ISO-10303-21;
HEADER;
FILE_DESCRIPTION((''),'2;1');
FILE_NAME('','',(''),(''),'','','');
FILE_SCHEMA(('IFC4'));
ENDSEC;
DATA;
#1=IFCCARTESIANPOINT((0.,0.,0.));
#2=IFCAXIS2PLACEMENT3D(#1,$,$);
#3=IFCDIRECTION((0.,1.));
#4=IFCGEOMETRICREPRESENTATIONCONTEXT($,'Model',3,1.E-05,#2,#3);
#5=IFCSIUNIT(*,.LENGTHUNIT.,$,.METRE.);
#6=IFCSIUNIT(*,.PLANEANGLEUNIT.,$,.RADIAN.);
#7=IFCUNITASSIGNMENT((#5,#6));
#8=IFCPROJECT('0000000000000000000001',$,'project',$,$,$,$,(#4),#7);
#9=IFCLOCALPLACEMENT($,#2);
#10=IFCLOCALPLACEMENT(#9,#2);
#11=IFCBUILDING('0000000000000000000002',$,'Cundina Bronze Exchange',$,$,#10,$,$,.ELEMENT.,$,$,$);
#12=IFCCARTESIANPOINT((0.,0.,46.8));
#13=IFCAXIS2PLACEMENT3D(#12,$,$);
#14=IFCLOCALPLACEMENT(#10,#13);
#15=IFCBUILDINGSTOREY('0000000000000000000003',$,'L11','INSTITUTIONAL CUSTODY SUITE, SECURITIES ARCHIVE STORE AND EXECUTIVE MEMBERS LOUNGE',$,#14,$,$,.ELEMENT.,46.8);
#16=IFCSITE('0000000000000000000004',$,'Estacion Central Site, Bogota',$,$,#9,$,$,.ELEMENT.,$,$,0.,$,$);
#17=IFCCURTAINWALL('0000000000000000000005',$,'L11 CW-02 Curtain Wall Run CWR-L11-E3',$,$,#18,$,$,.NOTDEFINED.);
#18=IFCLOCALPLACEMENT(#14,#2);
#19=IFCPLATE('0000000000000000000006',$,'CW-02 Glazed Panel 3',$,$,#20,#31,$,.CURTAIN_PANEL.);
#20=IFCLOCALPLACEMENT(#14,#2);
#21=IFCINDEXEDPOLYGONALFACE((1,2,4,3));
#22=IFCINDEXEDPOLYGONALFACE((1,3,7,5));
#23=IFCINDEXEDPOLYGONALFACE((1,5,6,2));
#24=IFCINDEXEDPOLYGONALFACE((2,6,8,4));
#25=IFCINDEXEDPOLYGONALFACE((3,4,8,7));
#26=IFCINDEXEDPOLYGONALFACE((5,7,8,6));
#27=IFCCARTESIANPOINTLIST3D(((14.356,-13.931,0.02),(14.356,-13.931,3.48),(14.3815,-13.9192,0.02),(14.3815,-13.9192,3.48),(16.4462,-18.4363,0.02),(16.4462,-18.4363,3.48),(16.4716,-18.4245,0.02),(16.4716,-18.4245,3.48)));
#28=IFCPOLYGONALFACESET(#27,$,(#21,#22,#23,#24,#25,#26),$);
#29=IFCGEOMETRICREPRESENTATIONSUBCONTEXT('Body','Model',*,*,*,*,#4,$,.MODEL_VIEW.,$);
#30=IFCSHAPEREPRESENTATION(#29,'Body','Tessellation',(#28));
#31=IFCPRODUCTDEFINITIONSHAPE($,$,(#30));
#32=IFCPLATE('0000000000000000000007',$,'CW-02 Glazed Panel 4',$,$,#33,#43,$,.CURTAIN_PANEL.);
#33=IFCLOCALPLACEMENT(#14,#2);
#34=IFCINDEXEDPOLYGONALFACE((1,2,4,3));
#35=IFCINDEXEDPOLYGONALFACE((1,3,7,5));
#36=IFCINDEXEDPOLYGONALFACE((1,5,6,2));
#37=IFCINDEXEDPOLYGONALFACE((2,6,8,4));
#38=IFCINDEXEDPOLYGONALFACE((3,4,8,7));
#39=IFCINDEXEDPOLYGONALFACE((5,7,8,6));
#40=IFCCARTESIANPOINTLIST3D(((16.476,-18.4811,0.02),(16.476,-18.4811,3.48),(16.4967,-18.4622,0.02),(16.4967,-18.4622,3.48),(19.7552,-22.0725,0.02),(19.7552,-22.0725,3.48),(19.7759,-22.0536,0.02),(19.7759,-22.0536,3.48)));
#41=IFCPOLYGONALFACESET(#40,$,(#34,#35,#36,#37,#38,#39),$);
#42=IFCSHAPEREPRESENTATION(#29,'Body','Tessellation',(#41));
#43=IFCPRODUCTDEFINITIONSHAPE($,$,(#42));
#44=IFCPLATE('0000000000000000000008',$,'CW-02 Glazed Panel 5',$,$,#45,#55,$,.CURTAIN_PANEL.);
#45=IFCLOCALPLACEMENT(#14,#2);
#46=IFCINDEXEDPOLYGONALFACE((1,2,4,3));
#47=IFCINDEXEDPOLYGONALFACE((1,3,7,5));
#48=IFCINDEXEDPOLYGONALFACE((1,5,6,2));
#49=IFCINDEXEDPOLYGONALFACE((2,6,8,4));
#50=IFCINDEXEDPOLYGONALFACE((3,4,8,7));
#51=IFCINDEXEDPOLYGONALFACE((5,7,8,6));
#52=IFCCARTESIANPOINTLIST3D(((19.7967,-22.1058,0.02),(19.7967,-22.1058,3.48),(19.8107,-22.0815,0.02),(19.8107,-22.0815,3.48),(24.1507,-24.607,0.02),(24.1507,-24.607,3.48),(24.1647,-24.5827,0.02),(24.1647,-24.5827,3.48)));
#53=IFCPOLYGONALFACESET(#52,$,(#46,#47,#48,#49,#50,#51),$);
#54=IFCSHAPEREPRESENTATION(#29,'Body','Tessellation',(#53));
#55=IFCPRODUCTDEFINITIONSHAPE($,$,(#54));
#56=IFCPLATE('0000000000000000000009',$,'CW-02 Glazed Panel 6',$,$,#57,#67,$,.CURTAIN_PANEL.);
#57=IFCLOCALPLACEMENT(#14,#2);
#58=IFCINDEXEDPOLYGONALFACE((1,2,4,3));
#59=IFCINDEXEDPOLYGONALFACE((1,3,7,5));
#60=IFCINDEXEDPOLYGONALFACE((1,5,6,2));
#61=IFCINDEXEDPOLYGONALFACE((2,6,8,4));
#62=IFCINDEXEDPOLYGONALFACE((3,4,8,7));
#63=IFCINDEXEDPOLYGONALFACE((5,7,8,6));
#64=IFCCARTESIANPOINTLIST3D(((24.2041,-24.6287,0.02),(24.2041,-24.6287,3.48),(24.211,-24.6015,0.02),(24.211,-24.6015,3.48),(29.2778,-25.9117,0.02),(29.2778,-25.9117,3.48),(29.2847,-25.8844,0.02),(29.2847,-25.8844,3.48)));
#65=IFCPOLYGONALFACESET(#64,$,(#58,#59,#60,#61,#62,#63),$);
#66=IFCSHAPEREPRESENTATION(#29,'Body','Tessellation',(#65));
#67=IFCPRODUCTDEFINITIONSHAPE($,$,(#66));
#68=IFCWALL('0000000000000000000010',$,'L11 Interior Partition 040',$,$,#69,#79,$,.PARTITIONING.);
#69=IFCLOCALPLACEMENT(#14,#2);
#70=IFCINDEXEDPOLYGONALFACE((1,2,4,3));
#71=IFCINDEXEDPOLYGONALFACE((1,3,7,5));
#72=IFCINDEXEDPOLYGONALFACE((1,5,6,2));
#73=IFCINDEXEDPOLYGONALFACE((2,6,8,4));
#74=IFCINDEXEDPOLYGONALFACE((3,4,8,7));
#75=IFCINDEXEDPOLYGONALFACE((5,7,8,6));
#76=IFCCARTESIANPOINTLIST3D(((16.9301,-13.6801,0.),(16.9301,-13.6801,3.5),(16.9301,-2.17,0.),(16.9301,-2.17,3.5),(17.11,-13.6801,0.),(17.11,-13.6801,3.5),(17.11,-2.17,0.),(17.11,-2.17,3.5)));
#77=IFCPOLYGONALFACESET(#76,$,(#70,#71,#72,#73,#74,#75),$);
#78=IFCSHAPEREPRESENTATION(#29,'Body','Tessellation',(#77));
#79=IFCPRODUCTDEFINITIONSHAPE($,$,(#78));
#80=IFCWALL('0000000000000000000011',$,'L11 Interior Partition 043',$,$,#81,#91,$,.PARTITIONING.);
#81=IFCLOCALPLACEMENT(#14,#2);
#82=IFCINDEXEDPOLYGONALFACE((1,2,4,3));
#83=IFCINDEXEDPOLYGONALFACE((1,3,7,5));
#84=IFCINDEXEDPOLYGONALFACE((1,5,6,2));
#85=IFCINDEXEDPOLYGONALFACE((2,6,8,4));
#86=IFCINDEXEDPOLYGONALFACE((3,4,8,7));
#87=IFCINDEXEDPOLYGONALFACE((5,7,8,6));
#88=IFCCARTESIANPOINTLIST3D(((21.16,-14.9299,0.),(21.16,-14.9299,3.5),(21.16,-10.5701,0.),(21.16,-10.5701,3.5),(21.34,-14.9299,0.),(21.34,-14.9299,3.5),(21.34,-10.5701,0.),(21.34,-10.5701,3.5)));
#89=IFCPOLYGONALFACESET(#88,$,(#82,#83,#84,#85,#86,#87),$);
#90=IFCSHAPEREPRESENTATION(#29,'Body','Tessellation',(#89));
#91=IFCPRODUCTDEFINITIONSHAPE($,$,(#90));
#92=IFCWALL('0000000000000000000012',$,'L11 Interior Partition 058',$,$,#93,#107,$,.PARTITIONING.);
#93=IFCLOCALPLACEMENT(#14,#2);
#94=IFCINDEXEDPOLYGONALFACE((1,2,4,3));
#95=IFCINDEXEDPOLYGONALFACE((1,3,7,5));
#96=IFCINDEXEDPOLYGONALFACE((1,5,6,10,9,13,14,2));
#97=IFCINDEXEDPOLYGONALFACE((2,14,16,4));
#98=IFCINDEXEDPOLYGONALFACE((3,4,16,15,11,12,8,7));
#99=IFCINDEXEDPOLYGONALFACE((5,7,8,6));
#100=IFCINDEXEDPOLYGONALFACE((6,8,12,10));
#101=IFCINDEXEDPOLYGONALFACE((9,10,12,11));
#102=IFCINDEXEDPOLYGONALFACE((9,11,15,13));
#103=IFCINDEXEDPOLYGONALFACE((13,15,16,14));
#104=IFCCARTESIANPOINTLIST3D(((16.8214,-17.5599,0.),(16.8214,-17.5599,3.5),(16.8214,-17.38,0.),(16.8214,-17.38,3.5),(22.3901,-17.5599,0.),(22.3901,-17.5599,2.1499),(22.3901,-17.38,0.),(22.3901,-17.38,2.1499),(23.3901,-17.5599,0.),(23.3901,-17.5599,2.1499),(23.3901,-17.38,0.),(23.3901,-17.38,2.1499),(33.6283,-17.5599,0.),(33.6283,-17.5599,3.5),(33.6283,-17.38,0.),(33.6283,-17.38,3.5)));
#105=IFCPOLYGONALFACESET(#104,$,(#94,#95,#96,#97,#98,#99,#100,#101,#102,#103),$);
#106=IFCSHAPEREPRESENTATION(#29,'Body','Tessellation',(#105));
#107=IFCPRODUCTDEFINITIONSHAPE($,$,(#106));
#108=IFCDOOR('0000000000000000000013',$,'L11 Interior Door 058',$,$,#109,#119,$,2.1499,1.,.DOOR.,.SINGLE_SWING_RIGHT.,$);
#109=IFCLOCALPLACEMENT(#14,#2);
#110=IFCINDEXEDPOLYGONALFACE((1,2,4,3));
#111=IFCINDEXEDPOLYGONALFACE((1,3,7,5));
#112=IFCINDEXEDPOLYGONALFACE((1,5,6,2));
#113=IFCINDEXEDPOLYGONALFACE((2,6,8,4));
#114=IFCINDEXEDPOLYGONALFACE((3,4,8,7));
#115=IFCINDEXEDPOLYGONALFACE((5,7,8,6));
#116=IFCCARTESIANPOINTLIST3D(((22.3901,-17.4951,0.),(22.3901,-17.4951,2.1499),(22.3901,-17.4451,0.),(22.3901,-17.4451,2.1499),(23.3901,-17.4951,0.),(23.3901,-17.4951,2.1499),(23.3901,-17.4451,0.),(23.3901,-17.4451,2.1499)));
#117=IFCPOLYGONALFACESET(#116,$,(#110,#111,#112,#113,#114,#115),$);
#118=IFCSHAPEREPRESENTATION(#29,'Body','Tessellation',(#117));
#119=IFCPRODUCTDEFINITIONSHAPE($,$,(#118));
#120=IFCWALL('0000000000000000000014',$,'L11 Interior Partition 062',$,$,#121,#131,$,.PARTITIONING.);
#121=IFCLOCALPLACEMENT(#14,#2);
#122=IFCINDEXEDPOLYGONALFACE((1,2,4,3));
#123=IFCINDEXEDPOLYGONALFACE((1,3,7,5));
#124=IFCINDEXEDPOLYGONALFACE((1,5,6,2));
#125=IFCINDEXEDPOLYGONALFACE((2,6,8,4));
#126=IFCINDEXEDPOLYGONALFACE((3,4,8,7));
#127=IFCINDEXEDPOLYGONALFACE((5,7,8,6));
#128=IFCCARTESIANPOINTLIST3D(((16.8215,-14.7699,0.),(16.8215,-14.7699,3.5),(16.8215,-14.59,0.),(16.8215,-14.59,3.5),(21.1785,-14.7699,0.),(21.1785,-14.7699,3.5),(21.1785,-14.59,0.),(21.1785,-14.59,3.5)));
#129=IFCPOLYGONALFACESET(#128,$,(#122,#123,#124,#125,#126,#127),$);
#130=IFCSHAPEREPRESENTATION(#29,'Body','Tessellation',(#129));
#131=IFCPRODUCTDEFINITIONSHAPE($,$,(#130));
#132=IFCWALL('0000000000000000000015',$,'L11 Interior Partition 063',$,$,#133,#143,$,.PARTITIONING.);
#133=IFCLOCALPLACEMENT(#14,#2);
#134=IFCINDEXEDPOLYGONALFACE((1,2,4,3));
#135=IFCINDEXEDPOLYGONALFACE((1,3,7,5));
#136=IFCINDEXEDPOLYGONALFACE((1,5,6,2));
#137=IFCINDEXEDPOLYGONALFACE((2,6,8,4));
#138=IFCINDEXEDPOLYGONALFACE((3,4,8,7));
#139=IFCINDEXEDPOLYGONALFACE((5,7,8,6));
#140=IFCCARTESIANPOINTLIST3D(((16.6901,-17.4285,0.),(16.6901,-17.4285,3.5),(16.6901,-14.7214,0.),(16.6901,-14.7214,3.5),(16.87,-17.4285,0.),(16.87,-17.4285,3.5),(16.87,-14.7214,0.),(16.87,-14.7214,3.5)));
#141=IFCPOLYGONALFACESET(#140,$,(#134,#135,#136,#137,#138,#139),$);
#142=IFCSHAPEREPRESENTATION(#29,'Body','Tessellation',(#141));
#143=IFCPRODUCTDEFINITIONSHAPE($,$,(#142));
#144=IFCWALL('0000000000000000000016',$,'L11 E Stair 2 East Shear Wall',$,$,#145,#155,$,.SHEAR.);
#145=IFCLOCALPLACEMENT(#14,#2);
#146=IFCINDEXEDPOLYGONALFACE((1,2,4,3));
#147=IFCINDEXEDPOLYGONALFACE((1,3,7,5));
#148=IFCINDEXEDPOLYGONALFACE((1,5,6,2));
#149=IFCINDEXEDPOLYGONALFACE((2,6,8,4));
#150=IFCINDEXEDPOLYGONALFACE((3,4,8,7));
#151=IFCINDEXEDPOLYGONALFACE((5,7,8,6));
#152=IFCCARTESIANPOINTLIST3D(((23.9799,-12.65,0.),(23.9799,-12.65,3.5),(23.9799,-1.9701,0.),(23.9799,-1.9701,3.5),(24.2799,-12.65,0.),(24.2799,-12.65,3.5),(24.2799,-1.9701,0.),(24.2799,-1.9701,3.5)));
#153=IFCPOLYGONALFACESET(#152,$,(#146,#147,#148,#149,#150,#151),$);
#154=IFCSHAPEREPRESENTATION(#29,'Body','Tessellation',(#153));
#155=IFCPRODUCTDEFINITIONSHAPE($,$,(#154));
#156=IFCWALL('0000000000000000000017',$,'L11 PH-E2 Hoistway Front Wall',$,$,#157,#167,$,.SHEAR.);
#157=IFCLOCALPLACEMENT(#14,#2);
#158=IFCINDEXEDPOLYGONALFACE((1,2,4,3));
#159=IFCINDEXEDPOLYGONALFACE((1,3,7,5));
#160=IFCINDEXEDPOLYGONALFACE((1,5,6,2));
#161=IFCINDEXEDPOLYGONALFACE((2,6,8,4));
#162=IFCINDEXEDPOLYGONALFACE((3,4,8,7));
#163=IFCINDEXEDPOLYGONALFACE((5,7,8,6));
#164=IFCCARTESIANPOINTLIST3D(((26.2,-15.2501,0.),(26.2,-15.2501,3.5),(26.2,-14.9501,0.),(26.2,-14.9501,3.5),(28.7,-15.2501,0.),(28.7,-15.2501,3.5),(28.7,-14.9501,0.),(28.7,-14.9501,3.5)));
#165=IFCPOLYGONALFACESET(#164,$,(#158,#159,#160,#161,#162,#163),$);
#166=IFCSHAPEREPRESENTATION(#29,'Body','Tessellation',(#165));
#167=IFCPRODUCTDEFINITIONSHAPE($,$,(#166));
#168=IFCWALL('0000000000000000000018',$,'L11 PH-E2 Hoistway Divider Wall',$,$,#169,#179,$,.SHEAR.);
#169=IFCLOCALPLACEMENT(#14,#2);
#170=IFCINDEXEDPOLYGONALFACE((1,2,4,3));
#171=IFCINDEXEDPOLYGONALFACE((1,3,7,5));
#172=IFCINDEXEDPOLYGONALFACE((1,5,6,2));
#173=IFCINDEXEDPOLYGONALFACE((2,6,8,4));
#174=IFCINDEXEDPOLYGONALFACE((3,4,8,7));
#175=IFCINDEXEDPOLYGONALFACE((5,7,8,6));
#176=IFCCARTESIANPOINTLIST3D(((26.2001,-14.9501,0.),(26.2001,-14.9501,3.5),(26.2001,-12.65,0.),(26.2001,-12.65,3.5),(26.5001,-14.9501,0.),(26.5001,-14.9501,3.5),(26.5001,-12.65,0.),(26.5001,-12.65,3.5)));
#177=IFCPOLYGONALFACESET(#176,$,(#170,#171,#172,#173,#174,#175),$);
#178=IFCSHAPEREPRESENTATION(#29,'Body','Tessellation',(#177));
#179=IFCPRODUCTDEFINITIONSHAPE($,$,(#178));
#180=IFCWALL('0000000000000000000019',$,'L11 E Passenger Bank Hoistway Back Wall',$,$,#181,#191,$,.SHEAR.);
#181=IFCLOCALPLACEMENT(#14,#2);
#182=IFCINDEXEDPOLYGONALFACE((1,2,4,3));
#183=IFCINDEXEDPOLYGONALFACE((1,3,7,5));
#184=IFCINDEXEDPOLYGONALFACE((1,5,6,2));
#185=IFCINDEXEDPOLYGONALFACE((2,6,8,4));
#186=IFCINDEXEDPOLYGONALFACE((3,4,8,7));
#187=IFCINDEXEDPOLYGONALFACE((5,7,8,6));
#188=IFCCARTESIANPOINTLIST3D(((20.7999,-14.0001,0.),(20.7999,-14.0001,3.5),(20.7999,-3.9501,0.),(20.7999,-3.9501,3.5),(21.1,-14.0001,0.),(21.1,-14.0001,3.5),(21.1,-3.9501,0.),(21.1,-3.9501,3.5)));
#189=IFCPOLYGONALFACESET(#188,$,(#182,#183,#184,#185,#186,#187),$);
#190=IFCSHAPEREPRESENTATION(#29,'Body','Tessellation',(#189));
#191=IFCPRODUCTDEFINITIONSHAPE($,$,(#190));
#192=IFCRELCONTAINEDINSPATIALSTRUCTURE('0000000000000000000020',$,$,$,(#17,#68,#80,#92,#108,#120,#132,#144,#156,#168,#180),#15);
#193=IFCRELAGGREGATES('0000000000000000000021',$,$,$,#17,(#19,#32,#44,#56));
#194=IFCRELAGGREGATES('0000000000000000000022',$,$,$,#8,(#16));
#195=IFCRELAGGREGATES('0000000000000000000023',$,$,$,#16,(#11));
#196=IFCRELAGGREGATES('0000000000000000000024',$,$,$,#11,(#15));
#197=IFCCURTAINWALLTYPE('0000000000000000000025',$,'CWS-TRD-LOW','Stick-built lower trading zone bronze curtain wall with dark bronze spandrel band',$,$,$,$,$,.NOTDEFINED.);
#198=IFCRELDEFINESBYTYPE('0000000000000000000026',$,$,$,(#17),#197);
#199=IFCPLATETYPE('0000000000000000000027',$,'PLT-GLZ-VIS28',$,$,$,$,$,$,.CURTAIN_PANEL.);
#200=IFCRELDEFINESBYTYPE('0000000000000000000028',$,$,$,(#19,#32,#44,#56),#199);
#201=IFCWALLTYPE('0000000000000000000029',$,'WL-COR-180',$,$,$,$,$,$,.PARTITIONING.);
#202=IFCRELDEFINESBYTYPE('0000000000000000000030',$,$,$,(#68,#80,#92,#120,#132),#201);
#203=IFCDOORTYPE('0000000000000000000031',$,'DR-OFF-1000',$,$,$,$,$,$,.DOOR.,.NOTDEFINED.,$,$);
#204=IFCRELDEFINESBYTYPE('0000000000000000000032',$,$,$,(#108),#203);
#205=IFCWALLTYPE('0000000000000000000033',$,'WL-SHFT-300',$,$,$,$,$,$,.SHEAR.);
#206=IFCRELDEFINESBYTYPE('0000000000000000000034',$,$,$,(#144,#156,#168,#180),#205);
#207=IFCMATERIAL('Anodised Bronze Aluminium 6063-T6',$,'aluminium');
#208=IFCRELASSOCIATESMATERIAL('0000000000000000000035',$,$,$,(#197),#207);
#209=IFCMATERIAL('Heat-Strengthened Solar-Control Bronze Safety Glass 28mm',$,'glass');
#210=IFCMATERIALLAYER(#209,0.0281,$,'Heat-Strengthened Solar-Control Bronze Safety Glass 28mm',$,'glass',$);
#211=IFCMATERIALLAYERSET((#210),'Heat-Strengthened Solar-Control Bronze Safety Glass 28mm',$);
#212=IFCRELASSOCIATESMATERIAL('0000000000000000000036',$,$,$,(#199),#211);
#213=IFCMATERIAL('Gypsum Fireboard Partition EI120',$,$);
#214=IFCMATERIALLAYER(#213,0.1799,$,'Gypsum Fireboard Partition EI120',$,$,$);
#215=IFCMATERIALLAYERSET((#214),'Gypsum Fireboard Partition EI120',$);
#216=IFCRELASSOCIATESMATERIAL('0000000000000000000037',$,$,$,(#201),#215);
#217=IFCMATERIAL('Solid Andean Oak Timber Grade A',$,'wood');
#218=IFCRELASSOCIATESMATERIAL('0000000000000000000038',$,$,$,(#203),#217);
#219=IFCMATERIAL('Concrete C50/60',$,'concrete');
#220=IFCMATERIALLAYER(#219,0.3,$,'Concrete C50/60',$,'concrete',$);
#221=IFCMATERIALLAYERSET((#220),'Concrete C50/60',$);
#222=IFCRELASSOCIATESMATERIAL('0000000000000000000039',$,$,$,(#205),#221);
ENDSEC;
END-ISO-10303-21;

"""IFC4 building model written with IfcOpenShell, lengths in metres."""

from ifc_helpers import new_model, si_unit, direction, frame, frame_2d, origin, origin_2d, place, context, subcontext, project, spatial, rectangle, extrude, material, layer, layer_set, type_object, element, fill, aggregate, save


model = new_model("IFC4")

# Units and contexts
model_context = context("Model", 3, precision=1e-05, world=origin(), true_north=direction((0.0, 1.0)))
body_context = subcontext(model_context, "Body", "Model", "MODEL_VIEW")
ifc_project = project(units=[si_unit("LENGTHUNIT", "METRE"), si_unit("PLANEANGLEUNIT", "RADIAN")], contexts=[model_context])

# Site, building, storey
site_placement = place(None, origin())
site = spatial("IfcSite", under=ifc_project, at=site_placement, Name="Estacion Central Site, Bogota", CompositionType="ELEMENT", RefElevation=0.0)
building_placement = place(site_placement, origin())
building = spatial("IfcBuilding", under=site, at=building_placement, Name="Cundina Bronze Exchange", CompositionType="ELEMENT")
storey_placement = place(building_placement, frame((0.0, 0.0, 46.8)))
storey = spatial("IfcBuildingStorey", under=building, at=storey_placement, Name="L11", Description="INSTITUTIONAL CUSTODY SUITE, SECURITIES ARCHIVE STORE AND EXECUTIVE MEMBERS LOUNGE", CompositionType="ELEMENT", Elevation=46.8)

# Curtain wall, plates
ifc_material_1 = material(Name="Anodised Bronze Aluminium 6063-T6", Category="aluminium")
curtain_wall_type = type_object("IfcCurtainWallType", Name="CWS-TRD-LOW", Description="Stick-built lower trading zone bronze curtain wall with dark bronze spandrel band", PredefinedType="NOTDEFINED", material=ifc_material_1)
curtain_wall_placement = place(storey_placement, origin())
curtain_wall = element("IfcCurtainWall", 1, at=curtain_wall_placement, inside=storey, type_object=curtain_wall_type, Name="L11 CW-02 Curtain Wall Run CWR-L11-E3", PredefinedType="NOTDEFINED")
ifc_material_2 = material(Name="Heat-Strengthened Solar-Control Bronze Safety Glass 28mm", Category="glass")
ifc_layer_1 = layer(ifc_material_2, 0.0281, Name="Heat-Strengthened Solar-Control Bronze Safety Glass 28mm", Category="glass")
ifc_layer_set_1 = layer_set([ifc_layer_1], Name="Heat-Strengthened Solar-Control Bronze Safety Glass 28mm")
plate_type = type_object("IfcPlateType", Name="PLT-GLZ-VIS28", PredefinedType="CURTAIN_PANEL", material=ifc_layer_set_1)
plate_1_placement = place(storey_placement, frame((15.4138, -16.1777, 0.02), z_axis=(0.0, 0.0, 1.0), x_axis=(0.420846, -0.907132, 0.0)))
plate_1 = element("IfcPlate", 2, at=plate_1_placement, type_object=plate_type, Name="CW-02 Glazed Panel 3", PredefinedType="CURTAIN_PANEL", context=body_context, shape_type="SweptSolid", body=[
    extrude(rectangle(XDim=4.9666, YDim=0.0281, at=origin_2d()), origin(), (0.0, 0.0, 1.0), 3.46),
])
plate_2_placement = place(storey_placement, frame((18.126, -20.2673, 0.02), z_axis=(0.0, 0.0, 1.0), x_axis=(0.674277, -0.738479, 0.0)))
plate_2 = element("IfcPlate", 3, at=plate_2_placement, type_object=plate_type, Name="CW-02 Glazed Panel 4", PredefinedType="CURTAIN_PANEL", context=body_context, shape_type="SweptSolid", body=[
    extrude(rectangle(XDim=4.8633, YDim=0.0281, at=origin_2d()), origin(), (0.0, 0.0, 1.0), 3.46),
])
plate_3_placement = place(storey_placement, frame((21.9807, -23.3442, 0.02), z_axis=(0.0, 0.0, 1.0), x_axis=(0.867105, -0.498125, 0.0)))
plate_3 = element("IfcPlate", 4, at=plate_3_placement, type_object=plate_type, Name="CW-02 Glazed Panel 5", PredefinedType="CURTAIN_PANEL", context=body_context, shape_type="SweptSolid", body=[
    extrude(rectangle(XDim=5.0212, YDim=0.0281, at=origin_2d()), origin(), (0.0, 0.0, 1.0), 3.46),
])
plate_4_placement = place(storey_placement, frame((26.7444, -25.2566, 0.02), z_axis=(0.0, 0.0, 1.0), x_axis=(0.969488, -0.245138, 0.0)))
plate_4 = element("IfcPlate", 5, at=plate_4_placement, type_object=plate_type, Name="CW-02 Glazed Panel 6", PredefinedType="CURTAIN_PANEL", context=body_context, shape_type="SweptSolid", body=[
    extrude(rectangle(XDim=5.2334, YDim=0.0281, at=origin_2d()), origin(), (0.0, 0.0, 1.0), 3.46),
])
aggregate(curtain_wall, [plate_1, plate_2, plate_3, plate_4])

# Walls
ifc_material_3 = material(Name="Gypsum Fireboard Partition EI120")
ifc_layer_2 = layer(ifc_material_3, 0.1799, Name="Gypsum Fireboard Partition EI120")
ifc_layer_set_2 = layer_set([ifc_layer_2], Name="Gypsum Fireboard Partition EI120")
wall_type_1 = type_object("IfcWallType", Name="WL-COR-180", PredefinedType="PARTITIONING", material=ifc_layer_set_2)
wall_1_placement = place(storey_placement, frame((17.02, -13.6799, 0.0), z_axis=(0.0, 0.0, 1.0), x_axis=(0.0, 1.0, 0.0)))
element("IfcWall", 6, at=wall_1_placement, inside=storey, type_object=wall_type_1, Name="L11 Interior Partition 040", PredefinedType="PARTITIONING", context=body_context, shape_type="SweptSolid", body=[
    extrude(rectangle(XDim=11.51, YDim=0.1799, at=frame_2d((5.7549, 0.0))), origin(), (0.0, 0.0, 1.0), 3.5),
])
wall_2_placement = place(storey_placement, frame((21.25, -14.9299, 0.0), z_axis=(0.0, 0.0, 1.0), x_axis=(0.0, 1.0, 0.0)))
element("IfcWall", 7, at=wall_2_placement, inside=storey, type_object=wall_type_1, Name="L11 Interior Partition 043", PredefinedType="PARTITIONING", context=body_context, shape_type="SweptSolid", body=[
    extrude(rectangle(XDim=4.3599, YDim=0.1799, at=frame_2d((2.1799, 0.0))), origin(), (0.0, 0.0, 1.0), 3.5),
])

# Wall, opening, door
wall_3_placement = place(storey_placement, frame((16.8215, -17.47, 0.0), z_axis=(0.0, 0.0, 1.0), x_axis=(1.0, 0.0, 0.0)))
wall_3 = element("IfcWall", 8, at=wall_3_placement, inside=storey, type_object=wall_type_1, Name="L11 Interior Partition 058", PredefinedType="PARTITIONING", context=body_context, shape_type="SweptSolid", body=[
    extrude(rectangle(XDim=16.8069, YDim=0.1799, at=frame_2d((8.4033, 0.0))), origin(), (0.0, 0.0, 1.0), 3.5),
])
opening_placement = place(wall_3_placement, frame((5.5686, 0.0, 0.0)))
opening = element("IfcOpeningElement", 9, at=opening_placement, cuts=wall_3, PredefinedType="OPENING", context=body_context, shape_type="SweptSolid", body=[
    extrude(rectangle(XDim=1.0, YDim=2.1499, at=frame_2d((0.5, 1.075))), frame((0.0, 0.0999, 0.0), z_axis=(0.0, -1.0, 0.0), x_axis=(1.0, 0.0, 0.0)), (0.0, 0.0, 1.0), 0.2),
])
ifc_material_4 = material(Name="Solid Andean Oak Timber Grade A", Category="wood")
door_type = type_object("IfcDoorType", Name="DR-OFF-1000", OperationType="NOTDEFINED", PredefinedType="DOOR", material=ifc_material_4)
door_placement = place(opening_placement, origin())
door = element("IfcDoor", 10, at=door_placement, inside=storey, type_object=door_type, Name="L11 Interior Door 058", OperationType="SINGLE_SWING_RIGHT", OverallHeight=2.1499, OverallWidth=1.0, PredefinedType="DOOR", context=body_context, shape_type="SweptSolid", body=[
    extrude(rectangle(XDim=1.0, YDim=2.1499, at=frame_2d((0.5, 1.075))), frame((0.0, 0.0249, 0.0), z_axis=(0.0, -1.0, 0.0), x_axis=(1.0, 0.0, 0.0)), (0.0, 0.0, 1.0), 0.05),
])
fill(opening, door)

# Walls
wall_4_placement = place(storey_placement, frame((21.1785, -14.6799, 0.0), z_axis=(0.0, 0.0, 1.0), x_axis=(-1.0, 0.0, 0.0)))
element("IfcWall", 11, at=wall_4_placement, inside=storey, type_object=wall_type_1, Name="L11 Interior Partition 062", PredefinedType="PARTITIONING", context=body_context, shape_type="SweptSolid", body=[
    extrude(rectangle(XDim=4.3569, YDim=0.1799, at=frame_2d((2.1785, 0.0))), origin(), (0.0, 0.0, 1.0), 3.5),
])
wall_5_placement = place(storey_placement, frame((16.78, -14.7214, 0.0), z_axis=(0.0, 0.0, 1.0), x_axis=(0.0, -1.0, 0.0)))
element("IfcWall", 12, at=wall_5_placement, inside=storey, type_object=wall_type_1, Name="L11 Interior Partition 063", PredefinedType="PARTITIONING", context=body_context, shape_type="SweptSolid", body=[
    extrude(rectangle(XDim=2.707, YDim=0.1799, at=frame_2d((1.3535, 0.0))), origin(), (0.0, 0.0, 1.0), 3.5),
])
ifc_material_5 = material(Name="Concrete C50/60", Category="concrete")
ifc_layer_3 = layer(ifc_material_5, 0.3, Name="Concrete C50/60", Category="concrete")
ifc_layer_set_3 = layer_set([ifc_layer_3], Name="Concrete C50/60")
wall_type_2 = type_object("IfcWallType", Name="WL-SHFT-300", PredefinedType="SHEAR", material=ifc_layer_set_3)
wall_6_placement = place(storey_placement, frame((24.1299, -12.6499, 0.0), z_axis=(0.0, 0.0, 1.0), x_axis=(0.0, 1.0, 0.0)))
element("IfcWall", 13, at=wall_6_placement, inside=storey, type_object=wall_type_2, Name="L11 E Stair 2 East Shear Wall", PredefinedType="SHEAR", context=body_context, shape_type="SweptSolid", body=[
    extrude(rectangle(XDim=10.6799, YDim=0.3, at=frame_2d((5.3398, 0.0))), origin(), (0.0, 0.0, 1.0), 3.5),
])
wall_7_placement = place(storey_placement, frame((26.2, -15.1001, 0.0), z_axis=(0.0, 0.0, 1.0), x_axis=(1.0, 0.0, 0.0)))
element("IfcWall", 14, at=wall_7_placement, inside=storey, type_object=wall_type_2, Name="L11 PH-E2 Hoistway Front Wall", PredefinedType="SHEAR", context=body_context, shape_type="SweptSolid", body=[
    extrude(rectangle(XDim=2.5, YDim=0.3, at=frame_2d((1.25, 0.0))), origin(), (0.0, 0.0, 1.0), 3.5),
])
wall_8_placement = place(storey_placement, frame((26.3501, -14.95, 0.0), z_axis=(0.0, 0.0, 1.0), x_axis=(0.0, 1.0, 0.0)))
element("IfcWall", 15, at=wall_8_placement, inside=storey, type_object=wall_type_2, Name="L11 PH-E2 Hoistway Divider Wall", PredefinedType="SHEAR", context=body_context, shape_type="SweptSolid", body=[
    extrude(rectangle(XDim=2.3, YDim=0.3, at=frame_2d((1.1499, 0.0))), origin(), (0.0, 0.0, 1.0), 3.5),
])
wall_9_placement = place(storey_placement, frame((20.95, -14.0, 0.0), z_axis=(0.0, 0.0, 1.0), x_axis=(0.0, 1.0, 0.0)))
element("IfcWall", 16, at=wall_9_placement, inside=storey, type_object=wall_type_2, Name="L11 E Passenger Bank Hoistway Back Wall", PredefinedType="SHEAR", context=body_context, shape_type="SweptSolid", body=[
    extrude(rectangle(XDim=10.05, YDim=0.3, at=frame_2d((5.0249, 0.0))), origin(), (0.0, 0.0, 1.0), 3.5),
])

save(model, "model.ifc")
